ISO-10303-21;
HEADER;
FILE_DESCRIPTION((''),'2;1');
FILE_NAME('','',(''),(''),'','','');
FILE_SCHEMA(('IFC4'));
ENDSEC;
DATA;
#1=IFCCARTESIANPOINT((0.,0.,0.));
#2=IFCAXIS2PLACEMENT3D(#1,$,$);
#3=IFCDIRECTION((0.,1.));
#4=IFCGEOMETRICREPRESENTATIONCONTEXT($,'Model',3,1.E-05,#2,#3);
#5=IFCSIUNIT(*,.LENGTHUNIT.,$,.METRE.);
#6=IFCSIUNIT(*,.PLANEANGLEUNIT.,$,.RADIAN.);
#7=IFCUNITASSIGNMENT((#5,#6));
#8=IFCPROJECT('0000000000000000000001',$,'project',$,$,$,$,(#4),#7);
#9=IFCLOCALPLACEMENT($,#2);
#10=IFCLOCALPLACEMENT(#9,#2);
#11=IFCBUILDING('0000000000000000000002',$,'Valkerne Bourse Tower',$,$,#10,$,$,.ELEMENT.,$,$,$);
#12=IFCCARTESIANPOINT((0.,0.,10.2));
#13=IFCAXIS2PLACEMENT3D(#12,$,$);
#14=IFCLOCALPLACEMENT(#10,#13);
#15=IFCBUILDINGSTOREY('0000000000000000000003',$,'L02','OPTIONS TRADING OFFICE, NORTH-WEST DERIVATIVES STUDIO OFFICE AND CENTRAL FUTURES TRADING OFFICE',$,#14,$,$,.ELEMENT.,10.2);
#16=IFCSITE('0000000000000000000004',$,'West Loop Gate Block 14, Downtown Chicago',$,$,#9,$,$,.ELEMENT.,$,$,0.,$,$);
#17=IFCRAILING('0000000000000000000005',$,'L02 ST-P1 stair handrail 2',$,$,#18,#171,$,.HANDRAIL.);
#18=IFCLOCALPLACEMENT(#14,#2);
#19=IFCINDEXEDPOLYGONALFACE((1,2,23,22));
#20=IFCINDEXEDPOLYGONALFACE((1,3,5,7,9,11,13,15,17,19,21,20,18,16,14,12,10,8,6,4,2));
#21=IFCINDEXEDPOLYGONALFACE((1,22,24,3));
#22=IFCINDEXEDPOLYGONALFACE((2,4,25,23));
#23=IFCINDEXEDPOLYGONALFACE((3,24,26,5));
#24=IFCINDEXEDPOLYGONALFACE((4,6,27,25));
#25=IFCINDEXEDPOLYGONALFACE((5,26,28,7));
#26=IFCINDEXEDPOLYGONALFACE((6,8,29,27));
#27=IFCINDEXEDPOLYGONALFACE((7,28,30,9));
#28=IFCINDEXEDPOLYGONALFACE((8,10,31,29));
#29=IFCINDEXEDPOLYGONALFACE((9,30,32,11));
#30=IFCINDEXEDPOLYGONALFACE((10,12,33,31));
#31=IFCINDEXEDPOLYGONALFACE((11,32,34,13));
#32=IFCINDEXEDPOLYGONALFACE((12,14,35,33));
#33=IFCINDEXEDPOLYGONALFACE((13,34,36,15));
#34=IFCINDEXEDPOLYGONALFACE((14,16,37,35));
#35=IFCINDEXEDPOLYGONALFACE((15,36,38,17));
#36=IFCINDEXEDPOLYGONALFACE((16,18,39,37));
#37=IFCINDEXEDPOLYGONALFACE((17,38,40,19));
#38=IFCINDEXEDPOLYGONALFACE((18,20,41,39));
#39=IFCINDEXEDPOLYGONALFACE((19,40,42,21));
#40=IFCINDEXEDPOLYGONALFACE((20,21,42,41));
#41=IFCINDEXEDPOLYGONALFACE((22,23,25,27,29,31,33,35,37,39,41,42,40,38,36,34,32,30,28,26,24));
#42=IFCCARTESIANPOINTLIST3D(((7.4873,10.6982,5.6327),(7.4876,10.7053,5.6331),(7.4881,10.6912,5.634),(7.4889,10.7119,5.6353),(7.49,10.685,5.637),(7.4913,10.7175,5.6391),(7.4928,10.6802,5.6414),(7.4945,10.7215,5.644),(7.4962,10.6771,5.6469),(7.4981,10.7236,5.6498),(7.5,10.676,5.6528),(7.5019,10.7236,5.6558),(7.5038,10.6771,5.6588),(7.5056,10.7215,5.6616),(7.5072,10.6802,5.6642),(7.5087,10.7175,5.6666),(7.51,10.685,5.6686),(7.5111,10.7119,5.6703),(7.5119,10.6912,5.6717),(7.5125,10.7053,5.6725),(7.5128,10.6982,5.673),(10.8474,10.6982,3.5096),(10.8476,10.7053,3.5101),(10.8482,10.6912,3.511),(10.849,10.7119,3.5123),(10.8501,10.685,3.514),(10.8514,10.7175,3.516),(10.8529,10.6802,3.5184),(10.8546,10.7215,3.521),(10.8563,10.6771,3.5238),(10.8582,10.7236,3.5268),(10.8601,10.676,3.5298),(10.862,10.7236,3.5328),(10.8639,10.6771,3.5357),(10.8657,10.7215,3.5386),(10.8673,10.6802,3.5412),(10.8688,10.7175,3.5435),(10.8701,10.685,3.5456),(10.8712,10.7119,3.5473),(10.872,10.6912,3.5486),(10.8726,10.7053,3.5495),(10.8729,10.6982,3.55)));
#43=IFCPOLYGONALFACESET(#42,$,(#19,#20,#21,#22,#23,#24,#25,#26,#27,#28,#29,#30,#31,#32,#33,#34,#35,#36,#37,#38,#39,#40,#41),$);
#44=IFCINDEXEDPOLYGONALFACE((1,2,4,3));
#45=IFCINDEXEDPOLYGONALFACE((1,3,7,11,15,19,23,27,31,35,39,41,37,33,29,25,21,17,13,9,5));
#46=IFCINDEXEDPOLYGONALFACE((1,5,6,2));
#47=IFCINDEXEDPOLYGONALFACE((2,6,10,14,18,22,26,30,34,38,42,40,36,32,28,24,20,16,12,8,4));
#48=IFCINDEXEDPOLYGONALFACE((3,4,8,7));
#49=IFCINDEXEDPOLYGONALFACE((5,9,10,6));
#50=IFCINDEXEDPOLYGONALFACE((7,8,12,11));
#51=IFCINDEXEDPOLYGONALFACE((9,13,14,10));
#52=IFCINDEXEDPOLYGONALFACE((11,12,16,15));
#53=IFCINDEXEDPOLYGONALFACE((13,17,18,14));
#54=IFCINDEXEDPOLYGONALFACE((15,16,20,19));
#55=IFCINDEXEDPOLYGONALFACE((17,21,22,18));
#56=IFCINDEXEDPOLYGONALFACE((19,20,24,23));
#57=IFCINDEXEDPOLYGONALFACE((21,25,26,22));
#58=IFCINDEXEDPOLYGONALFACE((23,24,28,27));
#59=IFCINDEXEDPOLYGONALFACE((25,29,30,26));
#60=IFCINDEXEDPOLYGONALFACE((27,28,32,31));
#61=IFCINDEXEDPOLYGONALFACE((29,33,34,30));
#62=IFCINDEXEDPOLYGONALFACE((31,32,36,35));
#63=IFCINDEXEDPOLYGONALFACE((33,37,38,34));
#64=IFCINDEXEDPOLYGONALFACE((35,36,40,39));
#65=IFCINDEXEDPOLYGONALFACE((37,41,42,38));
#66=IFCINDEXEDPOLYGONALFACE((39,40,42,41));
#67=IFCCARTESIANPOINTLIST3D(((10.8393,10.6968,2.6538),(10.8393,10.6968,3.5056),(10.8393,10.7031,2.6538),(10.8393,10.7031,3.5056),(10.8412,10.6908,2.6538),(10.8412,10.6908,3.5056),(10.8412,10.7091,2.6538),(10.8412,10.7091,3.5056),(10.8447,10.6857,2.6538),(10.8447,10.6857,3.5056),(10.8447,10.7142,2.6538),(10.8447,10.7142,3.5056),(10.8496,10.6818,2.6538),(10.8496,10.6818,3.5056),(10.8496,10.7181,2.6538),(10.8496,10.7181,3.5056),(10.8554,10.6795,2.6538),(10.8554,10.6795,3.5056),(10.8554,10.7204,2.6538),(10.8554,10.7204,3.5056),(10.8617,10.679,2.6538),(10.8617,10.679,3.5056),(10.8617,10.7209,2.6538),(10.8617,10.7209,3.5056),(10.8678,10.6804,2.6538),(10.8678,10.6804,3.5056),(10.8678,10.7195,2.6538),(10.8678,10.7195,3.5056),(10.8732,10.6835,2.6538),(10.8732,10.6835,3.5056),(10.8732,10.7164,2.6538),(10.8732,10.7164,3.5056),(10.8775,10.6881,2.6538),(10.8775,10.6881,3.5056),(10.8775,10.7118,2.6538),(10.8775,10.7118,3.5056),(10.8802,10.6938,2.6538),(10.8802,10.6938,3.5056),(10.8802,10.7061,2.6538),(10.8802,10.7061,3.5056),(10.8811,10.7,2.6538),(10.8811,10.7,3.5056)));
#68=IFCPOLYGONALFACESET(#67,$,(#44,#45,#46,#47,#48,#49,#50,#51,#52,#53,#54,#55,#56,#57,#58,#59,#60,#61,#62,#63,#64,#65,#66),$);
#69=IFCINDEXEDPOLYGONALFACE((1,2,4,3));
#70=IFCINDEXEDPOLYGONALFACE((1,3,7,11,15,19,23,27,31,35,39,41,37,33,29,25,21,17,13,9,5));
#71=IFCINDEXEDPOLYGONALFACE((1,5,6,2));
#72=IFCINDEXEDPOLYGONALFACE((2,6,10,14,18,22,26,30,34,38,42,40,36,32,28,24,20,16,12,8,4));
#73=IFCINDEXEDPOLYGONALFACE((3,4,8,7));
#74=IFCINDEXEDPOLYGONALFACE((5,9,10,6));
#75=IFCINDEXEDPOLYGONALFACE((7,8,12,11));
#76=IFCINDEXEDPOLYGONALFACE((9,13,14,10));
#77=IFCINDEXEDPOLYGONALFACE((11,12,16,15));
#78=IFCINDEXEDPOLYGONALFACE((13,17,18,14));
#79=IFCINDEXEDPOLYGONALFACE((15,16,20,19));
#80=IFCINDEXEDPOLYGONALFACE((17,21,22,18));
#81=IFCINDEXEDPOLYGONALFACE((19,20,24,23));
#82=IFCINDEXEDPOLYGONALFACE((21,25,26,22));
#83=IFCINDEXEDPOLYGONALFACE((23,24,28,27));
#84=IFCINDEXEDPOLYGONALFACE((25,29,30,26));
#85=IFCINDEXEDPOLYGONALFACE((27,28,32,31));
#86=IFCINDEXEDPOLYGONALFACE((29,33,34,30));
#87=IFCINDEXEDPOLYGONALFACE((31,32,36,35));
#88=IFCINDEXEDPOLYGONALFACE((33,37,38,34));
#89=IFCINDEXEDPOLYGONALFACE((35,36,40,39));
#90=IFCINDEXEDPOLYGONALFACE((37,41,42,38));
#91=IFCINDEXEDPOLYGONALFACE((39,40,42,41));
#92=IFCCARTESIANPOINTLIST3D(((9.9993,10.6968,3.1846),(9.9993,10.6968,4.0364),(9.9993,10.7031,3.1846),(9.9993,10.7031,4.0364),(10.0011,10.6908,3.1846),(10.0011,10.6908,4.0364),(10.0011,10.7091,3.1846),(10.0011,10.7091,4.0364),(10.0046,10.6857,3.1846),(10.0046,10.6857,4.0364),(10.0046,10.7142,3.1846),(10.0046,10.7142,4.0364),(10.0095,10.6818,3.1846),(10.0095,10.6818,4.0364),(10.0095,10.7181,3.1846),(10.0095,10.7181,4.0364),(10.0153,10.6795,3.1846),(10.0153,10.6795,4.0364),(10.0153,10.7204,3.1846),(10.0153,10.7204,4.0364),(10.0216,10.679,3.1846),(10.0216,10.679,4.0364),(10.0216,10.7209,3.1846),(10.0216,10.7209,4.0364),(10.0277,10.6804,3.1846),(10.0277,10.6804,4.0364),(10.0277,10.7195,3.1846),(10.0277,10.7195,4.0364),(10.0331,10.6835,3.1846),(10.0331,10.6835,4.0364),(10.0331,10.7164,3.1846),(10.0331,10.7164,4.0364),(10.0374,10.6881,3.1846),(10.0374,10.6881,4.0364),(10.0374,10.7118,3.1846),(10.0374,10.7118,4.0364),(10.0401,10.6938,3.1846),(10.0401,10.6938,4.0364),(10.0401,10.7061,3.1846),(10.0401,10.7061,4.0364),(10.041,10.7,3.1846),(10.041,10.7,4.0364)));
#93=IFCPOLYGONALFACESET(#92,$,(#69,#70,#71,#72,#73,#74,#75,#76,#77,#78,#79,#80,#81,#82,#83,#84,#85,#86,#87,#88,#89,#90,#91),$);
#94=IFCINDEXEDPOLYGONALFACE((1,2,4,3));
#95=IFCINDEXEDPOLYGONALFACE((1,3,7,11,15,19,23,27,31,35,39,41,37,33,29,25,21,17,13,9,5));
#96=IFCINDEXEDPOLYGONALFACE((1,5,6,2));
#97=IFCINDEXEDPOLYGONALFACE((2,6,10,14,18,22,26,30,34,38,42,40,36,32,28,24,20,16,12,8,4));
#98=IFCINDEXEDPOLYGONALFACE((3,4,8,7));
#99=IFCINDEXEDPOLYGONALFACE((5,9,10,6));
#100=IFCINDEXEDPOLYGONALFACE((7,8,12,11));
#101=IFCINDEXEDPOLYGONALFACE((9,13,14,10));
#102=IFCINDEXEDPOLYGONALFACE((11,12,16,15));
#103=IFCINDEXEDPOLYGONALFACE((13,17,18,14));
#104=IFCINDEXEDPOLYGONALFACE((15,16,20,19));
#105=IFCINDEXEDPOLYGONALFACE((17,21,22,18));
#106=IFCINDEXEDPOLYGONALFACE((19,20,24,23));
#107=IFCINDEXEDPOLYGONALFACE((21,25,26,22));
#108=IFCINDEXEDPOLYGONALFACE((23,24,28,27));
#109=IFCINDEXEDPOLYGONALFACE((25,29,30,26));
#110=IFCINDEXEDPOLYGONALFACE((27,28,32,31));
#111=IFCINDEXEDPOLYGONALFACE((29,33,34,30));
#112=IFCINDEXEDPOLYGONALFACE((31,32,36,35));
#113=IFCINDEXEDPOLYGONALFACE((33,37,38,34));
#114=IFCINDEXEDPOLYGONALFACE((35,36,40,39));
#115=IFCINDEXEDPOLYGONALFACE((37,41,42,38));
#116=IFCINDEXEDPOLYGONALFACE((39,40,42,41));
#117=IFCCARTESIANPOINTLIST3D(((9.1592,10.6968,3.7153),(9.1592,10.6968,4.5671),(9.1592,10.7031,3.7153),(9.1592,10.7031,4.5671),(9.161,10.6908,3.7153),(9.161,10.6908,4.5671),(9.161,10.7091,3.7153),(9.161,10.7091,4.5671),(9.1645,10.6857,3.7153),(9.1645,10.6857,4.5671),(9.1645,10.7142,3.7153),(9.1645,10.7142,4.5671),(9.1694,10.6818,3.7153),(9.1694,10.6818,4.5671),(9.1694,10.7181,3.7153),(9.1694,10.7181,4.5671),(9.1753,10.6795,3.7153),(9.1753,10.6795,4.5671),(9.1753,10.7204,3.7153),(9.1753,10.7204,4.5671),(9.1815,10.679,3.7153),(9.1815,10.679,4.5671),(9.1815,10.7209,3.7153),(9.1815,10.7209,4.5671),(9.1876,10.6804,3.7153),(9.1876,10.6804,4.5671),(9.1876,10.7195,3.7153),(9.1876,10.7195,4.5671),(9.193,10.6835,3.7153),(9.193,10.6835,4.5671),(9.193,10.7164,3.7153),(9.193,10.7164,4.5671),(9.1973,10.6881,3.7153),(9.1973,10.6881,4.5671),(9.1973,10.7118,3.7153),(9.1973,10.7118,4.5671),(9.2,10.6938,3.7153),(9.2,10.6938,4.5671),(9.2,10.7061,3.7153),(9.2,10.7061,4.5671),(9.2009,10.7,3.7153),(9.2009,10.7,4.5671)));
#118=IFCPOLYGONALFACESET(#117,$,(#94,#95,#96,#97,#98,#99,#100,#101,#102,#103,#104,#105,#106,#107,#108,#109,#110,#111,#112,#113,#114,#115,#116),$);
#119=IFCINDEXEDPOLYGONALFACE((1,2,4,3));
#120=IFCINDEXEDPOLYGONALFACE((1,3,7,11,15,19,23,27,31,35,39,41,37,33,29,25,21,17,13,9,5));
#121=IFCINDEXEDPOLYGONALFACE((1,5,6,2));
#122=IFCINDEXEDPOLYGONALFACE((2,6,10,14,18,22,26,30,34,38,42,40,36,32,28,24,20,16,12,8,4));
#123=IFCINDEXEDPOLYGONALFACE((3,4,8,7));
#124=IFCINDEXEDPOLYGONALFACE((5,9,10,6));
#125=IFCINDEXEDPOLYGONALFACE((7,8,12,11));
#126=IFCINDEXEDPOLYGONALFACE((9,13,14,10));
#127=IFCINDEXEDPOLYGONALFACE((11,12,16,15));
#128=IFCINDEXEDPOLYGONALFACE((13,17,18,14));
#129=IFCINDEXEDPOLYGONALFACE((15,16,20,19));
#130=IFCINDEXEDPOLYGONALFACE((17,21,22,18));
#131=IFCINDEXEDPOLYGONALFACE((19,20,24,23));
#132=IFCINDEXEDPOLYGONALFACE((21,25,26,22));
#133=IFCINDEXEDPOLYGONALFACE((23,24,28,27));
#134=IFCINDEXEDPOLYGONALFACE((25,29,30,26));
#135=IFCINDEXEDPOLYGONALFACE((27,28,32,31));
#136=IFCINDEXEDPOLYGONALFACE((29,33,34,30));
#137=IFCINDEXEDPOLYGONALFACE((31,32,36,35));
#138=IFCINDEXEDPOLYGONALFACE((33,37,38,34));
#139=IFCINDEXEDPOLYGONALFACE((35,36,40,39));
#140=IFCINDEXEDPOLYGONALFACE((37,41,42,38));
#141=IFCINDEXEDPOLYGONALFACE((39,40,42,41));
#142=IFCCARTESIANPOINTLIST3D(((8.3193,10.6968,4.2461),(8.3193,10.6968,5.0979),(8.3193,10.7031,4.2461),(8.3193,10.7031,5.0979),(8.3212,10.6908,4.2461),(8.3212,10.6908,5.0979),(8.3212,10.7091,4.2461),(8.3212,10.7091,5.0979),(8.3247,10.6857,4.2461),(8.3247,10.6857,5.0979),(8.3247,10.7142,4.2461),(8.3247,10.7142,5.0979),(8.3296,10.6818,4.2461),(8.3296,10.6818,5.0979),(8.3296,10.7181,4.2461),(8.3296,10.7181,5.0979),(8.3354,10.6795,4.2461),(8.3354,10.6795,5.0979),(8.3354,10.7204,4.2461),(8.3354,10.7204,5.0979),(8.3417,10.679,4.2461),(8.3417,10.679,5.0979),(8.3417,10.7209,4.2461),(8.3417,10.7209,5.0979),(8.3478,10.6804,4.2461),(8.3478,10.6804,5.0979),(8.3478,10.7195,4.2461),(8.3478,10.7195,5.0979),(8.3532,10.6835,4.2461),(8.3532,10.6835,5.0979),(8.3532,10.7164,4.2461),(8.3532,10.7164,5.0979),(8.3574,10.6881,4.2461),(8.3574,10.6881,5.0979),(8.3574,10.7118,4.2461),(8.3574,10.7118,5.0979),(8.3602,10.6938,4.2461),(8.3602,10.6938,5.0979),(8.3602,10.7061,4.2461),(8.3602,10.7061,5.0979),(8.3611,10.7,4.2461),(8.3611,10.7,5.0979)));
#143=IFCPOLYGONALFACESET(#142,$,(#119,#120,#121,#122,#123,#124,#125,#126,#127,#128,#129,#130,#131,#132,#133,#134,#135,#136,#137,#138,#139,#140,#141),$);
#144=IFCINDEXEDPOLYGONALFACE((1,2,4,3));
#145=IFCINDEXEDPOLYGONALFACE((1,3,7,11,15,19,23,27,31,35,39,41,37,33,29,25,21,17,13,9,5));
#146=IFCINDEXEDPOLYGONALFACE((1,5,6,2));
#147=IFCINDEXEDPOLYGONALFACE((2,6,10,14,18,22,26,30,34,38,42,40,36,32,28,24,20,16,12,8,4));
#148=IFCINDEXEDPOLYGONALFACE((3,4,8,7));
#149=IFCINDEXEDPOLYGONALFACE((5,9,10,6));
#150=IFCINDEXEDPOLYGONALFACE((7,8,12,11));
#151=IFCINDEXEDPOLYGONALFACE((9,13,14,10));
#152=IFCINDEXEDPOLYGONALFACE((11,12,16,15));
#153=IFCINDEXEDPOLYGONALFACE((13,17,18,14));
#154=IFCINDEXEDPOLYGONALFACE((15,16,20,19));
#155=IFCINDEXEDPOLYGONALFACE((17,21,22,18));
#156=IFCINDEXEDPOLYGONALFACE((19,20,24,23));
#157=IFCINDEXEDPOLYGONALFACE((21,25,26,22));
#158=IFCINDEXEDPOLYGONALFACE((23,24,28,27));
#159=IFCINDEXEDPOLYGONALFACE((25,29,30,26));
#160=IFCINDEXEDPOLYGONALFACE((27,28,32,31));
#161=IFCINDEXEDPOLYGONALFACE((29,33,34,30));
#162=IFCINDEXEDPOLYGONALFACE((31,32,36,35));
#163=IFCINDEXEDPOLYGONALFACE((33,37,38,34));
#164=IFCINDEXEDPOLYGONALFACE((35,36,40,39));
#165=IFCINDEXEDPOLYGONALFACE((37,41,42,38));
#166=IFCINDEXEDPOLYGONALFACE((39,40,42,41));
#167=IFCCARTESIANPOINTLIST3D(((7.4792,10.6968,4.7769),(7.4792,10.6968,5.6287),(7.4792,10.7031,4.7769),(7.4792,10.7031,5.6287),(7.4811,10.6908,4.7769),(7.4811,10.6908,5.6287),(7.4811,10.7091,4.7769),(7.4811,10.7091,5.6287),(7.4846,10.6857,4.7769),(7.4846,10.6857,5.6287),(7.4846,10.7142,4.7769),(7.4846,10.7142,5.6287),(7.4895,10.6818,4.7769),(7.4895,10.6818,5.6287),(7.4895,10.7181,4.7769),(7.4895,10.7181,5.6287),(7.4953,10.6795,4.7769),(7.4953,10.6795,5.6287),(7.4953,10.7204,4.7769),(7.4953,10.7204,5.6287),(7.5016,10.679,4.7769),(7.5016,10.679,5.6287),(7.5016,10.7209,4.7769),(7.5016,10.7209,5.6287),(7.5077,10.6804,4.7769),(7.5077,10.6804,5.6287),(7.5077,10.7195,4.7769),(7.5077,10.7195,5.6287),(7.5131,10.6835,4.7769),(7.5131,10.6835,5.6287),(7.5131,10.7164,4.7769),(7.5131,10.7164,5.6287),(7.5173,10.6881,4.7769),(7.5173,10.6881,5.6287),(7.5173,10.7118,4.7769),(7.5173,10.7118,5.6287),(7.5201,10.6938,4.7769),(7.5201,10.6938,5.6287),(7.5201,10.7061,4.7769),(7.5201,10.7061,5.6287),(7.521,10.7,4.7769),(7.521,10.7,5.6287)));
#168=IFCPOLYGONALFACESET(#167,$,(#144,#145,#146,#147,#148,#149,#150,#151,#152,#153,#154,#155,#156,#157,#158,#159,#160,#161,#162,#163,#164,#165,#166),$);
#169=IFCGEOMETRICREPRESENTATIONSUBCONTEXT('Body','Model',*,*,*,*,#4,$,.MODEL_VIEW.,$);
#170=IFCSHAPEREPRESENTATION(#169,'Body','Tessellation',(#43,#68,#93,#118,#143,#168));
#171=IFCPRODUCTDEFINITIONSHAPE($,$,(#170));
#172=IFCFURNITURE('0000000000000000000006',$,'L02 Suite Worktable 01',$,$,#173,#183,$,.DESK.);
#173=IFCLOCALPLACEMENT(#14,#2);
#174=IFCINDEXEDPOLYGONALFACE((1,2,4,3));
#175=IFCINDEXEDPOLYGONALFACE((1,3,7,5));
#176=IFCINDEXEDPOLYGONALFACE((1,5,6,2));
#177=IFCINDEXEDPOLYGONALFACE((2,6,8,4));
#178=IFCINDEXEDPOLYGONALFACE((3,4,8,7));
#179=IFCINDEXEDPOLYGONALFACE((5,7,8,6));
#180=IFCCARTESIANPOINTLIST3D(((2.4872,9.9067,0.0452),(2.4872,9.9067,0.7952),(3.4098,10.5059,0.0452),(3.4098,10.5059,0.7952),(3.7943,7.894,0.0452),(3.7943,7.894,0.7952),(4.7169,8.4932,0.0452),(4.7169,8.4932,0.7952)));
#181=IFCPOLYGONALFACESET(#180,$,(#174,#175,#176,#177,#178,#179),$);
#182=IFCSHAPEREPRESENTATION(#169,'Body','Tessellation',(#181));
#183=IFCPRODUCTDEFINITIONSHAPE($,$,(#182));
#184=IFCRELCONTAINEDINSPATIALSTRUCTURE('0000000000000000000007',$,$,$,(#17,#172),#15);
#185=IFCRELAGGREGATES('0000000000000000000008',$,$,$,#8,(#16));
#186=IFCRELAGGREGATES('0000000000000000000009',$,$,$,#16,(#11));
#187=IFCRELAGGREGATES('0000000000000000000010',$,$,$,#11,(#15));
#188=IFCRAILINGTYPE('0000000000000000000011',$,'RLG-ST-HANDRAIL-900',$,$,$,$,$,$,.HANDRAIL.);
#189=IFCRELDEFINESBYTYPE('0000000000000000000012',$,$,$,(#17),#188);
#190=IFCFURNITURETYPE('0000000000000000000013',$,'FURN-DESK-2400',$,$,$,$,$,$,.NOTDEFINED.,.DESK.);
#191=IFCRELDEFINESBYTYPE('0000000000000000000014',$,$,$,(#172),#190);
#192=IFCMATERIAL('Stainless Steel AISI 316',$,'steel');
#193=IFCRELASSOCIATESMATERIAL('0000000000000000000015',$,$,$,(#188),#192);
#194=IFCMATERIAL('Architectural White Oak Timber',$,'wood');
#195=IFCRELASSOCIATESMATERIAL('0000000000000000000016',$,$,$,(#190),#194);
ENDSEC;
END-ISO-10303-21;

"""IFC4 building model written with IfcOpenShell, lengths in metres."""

from ifc_helpers import new_model, si_unit, direction, frame, origin, origin_2d, place, context, subcontext, project, spatial, rectangle, circle, extrude, material, type_object, element, save


model = new_model("IFC4")

# Units and contexts
model_context = context("Model", 3, precision=1e-05, world=origin(), true_north=direction((0.0, 1.0)))
body_context = subcontext(model_context, "Body", "Model", "MODEL_VIEW")
ifc_project = project(units=[si_unit("LENGTHUNIT", "METRE"), si_unit("PLANEANGLEUNIT", "RADIAN")], contexts=[model_context])

# Site, building, storey
site_placement = place(None, origin())
site = spatial("IfcSite", under=ifc_project, at=site_placement, Name="West Loop Gate Block 14, Downtown Chicago", CompositionType="ELEMENT", RefElevation=0.0)
building_placement = place(site_placement, origin())
building = spatial("IfcBuilding", under=site, at=building_placement, Name="Valkerne Bourse Tower", CompositionType="ELEMENT")
storey_placement = place(building_placement, frame((0.0, 0.0, 10.2)))
storey = spatial("IfcBuildingStorey", under=building, at=storey_placement, Name="L02", Description="OPTIONS TRADING OFFICE, NORTH-WEST DERIVATIVES STUDIO OFFICE AND CENTRAL FUTURES TRADING OFFICE", CompositionType="ELEMENT", Elevation=10.2)

# Shared definitions
ifc_material_1 = material(Name="Architectural White Oak Timber", Category="wood")

# Railing
ifc_material_2 = material(Name="Stainless Steel AISI 316", Category="steel")
railing_type_1 = type_object("IfcRailingType", Name="RLG-ST-HANDRAIL-900", PredefinedType="HANDRAIL", material=ifc_material_2)
railing_1_placement = place(storey_placement, frame((10.8601, 10.7, 2.6538)))
element("IfcRailing", 1, at=railing_1_placement, inside=storey, type_object=railing_type_1, Name="L02 ST-P1 stair handrail 2", PredefinedType="HANDRAIL", context=body_context, shape_type="SweptSolid", body=[
    extrude(circle(Radius=0.0239, at=origin_2d()), frame((0.0, 0.0, 0.876), z_axis=(-0.84539, 0.0, 0.53415), x_axis=(0.0, -1.0, 0.0)), (0.0, 0.0, 1.0), 3.9746),
    extrude(circle(Radius=0.021, at=origin_2d()), origin(), (0.0, 0.0, 1.0), 0.8518),
    extrude(circle(Radius=0.021, at=origin_2d()), frame((-0.8401, 0.0, 0.5308)), (0.0, 0.0, 1.0), 0.8518),
    extrude(circle(Radius=0.021, at=origin_2d()), frame((-1.6802, 0.0, 1.0615)), (0.0, 0.0, 1.0), 0.8518),
    extrude(circle(Radius=0.021, at=origin_2d()), frame((-2.52, 0.0, 1.5923)), (0.0, 0.0, 1.0), 0.8518),
    extrude(circle(Radius=0.021, at=origin_2d()), frame((-3.3601, 0.0, 2.123)), (0.0, 0.0, 1.0), 0.8518),
])

# Furniture
furniture_type = type_object("IfcFurnitureType", Name="FURN-DESK-2400", AssemblyPlace="NOTDEFINED", PredefinedType="DESK", material=ifc_material_1)
furniture_placement = place(storey_placement, frame((3.6021, 9.2, 0.0452), z_axis=(0.0, 0.0, 1.0), x_axis=(-0.544639, 0.838671, 0.0)))
element("IfcFurniture", 2, at=furniture_placement, inside=storey, type_object=furniture_type, Name="L02 Suite Worktable 01", PredefinedType="DESK", context=body_context, shape_type="SweptSolid", body=[
    extrude(rectangle(XDim=2.3999, YDim=1.1001, at=origin_2d()), origin(), (0.0, 0.0, 1.0), 0.75),
])

save(model, "model.ifc")
